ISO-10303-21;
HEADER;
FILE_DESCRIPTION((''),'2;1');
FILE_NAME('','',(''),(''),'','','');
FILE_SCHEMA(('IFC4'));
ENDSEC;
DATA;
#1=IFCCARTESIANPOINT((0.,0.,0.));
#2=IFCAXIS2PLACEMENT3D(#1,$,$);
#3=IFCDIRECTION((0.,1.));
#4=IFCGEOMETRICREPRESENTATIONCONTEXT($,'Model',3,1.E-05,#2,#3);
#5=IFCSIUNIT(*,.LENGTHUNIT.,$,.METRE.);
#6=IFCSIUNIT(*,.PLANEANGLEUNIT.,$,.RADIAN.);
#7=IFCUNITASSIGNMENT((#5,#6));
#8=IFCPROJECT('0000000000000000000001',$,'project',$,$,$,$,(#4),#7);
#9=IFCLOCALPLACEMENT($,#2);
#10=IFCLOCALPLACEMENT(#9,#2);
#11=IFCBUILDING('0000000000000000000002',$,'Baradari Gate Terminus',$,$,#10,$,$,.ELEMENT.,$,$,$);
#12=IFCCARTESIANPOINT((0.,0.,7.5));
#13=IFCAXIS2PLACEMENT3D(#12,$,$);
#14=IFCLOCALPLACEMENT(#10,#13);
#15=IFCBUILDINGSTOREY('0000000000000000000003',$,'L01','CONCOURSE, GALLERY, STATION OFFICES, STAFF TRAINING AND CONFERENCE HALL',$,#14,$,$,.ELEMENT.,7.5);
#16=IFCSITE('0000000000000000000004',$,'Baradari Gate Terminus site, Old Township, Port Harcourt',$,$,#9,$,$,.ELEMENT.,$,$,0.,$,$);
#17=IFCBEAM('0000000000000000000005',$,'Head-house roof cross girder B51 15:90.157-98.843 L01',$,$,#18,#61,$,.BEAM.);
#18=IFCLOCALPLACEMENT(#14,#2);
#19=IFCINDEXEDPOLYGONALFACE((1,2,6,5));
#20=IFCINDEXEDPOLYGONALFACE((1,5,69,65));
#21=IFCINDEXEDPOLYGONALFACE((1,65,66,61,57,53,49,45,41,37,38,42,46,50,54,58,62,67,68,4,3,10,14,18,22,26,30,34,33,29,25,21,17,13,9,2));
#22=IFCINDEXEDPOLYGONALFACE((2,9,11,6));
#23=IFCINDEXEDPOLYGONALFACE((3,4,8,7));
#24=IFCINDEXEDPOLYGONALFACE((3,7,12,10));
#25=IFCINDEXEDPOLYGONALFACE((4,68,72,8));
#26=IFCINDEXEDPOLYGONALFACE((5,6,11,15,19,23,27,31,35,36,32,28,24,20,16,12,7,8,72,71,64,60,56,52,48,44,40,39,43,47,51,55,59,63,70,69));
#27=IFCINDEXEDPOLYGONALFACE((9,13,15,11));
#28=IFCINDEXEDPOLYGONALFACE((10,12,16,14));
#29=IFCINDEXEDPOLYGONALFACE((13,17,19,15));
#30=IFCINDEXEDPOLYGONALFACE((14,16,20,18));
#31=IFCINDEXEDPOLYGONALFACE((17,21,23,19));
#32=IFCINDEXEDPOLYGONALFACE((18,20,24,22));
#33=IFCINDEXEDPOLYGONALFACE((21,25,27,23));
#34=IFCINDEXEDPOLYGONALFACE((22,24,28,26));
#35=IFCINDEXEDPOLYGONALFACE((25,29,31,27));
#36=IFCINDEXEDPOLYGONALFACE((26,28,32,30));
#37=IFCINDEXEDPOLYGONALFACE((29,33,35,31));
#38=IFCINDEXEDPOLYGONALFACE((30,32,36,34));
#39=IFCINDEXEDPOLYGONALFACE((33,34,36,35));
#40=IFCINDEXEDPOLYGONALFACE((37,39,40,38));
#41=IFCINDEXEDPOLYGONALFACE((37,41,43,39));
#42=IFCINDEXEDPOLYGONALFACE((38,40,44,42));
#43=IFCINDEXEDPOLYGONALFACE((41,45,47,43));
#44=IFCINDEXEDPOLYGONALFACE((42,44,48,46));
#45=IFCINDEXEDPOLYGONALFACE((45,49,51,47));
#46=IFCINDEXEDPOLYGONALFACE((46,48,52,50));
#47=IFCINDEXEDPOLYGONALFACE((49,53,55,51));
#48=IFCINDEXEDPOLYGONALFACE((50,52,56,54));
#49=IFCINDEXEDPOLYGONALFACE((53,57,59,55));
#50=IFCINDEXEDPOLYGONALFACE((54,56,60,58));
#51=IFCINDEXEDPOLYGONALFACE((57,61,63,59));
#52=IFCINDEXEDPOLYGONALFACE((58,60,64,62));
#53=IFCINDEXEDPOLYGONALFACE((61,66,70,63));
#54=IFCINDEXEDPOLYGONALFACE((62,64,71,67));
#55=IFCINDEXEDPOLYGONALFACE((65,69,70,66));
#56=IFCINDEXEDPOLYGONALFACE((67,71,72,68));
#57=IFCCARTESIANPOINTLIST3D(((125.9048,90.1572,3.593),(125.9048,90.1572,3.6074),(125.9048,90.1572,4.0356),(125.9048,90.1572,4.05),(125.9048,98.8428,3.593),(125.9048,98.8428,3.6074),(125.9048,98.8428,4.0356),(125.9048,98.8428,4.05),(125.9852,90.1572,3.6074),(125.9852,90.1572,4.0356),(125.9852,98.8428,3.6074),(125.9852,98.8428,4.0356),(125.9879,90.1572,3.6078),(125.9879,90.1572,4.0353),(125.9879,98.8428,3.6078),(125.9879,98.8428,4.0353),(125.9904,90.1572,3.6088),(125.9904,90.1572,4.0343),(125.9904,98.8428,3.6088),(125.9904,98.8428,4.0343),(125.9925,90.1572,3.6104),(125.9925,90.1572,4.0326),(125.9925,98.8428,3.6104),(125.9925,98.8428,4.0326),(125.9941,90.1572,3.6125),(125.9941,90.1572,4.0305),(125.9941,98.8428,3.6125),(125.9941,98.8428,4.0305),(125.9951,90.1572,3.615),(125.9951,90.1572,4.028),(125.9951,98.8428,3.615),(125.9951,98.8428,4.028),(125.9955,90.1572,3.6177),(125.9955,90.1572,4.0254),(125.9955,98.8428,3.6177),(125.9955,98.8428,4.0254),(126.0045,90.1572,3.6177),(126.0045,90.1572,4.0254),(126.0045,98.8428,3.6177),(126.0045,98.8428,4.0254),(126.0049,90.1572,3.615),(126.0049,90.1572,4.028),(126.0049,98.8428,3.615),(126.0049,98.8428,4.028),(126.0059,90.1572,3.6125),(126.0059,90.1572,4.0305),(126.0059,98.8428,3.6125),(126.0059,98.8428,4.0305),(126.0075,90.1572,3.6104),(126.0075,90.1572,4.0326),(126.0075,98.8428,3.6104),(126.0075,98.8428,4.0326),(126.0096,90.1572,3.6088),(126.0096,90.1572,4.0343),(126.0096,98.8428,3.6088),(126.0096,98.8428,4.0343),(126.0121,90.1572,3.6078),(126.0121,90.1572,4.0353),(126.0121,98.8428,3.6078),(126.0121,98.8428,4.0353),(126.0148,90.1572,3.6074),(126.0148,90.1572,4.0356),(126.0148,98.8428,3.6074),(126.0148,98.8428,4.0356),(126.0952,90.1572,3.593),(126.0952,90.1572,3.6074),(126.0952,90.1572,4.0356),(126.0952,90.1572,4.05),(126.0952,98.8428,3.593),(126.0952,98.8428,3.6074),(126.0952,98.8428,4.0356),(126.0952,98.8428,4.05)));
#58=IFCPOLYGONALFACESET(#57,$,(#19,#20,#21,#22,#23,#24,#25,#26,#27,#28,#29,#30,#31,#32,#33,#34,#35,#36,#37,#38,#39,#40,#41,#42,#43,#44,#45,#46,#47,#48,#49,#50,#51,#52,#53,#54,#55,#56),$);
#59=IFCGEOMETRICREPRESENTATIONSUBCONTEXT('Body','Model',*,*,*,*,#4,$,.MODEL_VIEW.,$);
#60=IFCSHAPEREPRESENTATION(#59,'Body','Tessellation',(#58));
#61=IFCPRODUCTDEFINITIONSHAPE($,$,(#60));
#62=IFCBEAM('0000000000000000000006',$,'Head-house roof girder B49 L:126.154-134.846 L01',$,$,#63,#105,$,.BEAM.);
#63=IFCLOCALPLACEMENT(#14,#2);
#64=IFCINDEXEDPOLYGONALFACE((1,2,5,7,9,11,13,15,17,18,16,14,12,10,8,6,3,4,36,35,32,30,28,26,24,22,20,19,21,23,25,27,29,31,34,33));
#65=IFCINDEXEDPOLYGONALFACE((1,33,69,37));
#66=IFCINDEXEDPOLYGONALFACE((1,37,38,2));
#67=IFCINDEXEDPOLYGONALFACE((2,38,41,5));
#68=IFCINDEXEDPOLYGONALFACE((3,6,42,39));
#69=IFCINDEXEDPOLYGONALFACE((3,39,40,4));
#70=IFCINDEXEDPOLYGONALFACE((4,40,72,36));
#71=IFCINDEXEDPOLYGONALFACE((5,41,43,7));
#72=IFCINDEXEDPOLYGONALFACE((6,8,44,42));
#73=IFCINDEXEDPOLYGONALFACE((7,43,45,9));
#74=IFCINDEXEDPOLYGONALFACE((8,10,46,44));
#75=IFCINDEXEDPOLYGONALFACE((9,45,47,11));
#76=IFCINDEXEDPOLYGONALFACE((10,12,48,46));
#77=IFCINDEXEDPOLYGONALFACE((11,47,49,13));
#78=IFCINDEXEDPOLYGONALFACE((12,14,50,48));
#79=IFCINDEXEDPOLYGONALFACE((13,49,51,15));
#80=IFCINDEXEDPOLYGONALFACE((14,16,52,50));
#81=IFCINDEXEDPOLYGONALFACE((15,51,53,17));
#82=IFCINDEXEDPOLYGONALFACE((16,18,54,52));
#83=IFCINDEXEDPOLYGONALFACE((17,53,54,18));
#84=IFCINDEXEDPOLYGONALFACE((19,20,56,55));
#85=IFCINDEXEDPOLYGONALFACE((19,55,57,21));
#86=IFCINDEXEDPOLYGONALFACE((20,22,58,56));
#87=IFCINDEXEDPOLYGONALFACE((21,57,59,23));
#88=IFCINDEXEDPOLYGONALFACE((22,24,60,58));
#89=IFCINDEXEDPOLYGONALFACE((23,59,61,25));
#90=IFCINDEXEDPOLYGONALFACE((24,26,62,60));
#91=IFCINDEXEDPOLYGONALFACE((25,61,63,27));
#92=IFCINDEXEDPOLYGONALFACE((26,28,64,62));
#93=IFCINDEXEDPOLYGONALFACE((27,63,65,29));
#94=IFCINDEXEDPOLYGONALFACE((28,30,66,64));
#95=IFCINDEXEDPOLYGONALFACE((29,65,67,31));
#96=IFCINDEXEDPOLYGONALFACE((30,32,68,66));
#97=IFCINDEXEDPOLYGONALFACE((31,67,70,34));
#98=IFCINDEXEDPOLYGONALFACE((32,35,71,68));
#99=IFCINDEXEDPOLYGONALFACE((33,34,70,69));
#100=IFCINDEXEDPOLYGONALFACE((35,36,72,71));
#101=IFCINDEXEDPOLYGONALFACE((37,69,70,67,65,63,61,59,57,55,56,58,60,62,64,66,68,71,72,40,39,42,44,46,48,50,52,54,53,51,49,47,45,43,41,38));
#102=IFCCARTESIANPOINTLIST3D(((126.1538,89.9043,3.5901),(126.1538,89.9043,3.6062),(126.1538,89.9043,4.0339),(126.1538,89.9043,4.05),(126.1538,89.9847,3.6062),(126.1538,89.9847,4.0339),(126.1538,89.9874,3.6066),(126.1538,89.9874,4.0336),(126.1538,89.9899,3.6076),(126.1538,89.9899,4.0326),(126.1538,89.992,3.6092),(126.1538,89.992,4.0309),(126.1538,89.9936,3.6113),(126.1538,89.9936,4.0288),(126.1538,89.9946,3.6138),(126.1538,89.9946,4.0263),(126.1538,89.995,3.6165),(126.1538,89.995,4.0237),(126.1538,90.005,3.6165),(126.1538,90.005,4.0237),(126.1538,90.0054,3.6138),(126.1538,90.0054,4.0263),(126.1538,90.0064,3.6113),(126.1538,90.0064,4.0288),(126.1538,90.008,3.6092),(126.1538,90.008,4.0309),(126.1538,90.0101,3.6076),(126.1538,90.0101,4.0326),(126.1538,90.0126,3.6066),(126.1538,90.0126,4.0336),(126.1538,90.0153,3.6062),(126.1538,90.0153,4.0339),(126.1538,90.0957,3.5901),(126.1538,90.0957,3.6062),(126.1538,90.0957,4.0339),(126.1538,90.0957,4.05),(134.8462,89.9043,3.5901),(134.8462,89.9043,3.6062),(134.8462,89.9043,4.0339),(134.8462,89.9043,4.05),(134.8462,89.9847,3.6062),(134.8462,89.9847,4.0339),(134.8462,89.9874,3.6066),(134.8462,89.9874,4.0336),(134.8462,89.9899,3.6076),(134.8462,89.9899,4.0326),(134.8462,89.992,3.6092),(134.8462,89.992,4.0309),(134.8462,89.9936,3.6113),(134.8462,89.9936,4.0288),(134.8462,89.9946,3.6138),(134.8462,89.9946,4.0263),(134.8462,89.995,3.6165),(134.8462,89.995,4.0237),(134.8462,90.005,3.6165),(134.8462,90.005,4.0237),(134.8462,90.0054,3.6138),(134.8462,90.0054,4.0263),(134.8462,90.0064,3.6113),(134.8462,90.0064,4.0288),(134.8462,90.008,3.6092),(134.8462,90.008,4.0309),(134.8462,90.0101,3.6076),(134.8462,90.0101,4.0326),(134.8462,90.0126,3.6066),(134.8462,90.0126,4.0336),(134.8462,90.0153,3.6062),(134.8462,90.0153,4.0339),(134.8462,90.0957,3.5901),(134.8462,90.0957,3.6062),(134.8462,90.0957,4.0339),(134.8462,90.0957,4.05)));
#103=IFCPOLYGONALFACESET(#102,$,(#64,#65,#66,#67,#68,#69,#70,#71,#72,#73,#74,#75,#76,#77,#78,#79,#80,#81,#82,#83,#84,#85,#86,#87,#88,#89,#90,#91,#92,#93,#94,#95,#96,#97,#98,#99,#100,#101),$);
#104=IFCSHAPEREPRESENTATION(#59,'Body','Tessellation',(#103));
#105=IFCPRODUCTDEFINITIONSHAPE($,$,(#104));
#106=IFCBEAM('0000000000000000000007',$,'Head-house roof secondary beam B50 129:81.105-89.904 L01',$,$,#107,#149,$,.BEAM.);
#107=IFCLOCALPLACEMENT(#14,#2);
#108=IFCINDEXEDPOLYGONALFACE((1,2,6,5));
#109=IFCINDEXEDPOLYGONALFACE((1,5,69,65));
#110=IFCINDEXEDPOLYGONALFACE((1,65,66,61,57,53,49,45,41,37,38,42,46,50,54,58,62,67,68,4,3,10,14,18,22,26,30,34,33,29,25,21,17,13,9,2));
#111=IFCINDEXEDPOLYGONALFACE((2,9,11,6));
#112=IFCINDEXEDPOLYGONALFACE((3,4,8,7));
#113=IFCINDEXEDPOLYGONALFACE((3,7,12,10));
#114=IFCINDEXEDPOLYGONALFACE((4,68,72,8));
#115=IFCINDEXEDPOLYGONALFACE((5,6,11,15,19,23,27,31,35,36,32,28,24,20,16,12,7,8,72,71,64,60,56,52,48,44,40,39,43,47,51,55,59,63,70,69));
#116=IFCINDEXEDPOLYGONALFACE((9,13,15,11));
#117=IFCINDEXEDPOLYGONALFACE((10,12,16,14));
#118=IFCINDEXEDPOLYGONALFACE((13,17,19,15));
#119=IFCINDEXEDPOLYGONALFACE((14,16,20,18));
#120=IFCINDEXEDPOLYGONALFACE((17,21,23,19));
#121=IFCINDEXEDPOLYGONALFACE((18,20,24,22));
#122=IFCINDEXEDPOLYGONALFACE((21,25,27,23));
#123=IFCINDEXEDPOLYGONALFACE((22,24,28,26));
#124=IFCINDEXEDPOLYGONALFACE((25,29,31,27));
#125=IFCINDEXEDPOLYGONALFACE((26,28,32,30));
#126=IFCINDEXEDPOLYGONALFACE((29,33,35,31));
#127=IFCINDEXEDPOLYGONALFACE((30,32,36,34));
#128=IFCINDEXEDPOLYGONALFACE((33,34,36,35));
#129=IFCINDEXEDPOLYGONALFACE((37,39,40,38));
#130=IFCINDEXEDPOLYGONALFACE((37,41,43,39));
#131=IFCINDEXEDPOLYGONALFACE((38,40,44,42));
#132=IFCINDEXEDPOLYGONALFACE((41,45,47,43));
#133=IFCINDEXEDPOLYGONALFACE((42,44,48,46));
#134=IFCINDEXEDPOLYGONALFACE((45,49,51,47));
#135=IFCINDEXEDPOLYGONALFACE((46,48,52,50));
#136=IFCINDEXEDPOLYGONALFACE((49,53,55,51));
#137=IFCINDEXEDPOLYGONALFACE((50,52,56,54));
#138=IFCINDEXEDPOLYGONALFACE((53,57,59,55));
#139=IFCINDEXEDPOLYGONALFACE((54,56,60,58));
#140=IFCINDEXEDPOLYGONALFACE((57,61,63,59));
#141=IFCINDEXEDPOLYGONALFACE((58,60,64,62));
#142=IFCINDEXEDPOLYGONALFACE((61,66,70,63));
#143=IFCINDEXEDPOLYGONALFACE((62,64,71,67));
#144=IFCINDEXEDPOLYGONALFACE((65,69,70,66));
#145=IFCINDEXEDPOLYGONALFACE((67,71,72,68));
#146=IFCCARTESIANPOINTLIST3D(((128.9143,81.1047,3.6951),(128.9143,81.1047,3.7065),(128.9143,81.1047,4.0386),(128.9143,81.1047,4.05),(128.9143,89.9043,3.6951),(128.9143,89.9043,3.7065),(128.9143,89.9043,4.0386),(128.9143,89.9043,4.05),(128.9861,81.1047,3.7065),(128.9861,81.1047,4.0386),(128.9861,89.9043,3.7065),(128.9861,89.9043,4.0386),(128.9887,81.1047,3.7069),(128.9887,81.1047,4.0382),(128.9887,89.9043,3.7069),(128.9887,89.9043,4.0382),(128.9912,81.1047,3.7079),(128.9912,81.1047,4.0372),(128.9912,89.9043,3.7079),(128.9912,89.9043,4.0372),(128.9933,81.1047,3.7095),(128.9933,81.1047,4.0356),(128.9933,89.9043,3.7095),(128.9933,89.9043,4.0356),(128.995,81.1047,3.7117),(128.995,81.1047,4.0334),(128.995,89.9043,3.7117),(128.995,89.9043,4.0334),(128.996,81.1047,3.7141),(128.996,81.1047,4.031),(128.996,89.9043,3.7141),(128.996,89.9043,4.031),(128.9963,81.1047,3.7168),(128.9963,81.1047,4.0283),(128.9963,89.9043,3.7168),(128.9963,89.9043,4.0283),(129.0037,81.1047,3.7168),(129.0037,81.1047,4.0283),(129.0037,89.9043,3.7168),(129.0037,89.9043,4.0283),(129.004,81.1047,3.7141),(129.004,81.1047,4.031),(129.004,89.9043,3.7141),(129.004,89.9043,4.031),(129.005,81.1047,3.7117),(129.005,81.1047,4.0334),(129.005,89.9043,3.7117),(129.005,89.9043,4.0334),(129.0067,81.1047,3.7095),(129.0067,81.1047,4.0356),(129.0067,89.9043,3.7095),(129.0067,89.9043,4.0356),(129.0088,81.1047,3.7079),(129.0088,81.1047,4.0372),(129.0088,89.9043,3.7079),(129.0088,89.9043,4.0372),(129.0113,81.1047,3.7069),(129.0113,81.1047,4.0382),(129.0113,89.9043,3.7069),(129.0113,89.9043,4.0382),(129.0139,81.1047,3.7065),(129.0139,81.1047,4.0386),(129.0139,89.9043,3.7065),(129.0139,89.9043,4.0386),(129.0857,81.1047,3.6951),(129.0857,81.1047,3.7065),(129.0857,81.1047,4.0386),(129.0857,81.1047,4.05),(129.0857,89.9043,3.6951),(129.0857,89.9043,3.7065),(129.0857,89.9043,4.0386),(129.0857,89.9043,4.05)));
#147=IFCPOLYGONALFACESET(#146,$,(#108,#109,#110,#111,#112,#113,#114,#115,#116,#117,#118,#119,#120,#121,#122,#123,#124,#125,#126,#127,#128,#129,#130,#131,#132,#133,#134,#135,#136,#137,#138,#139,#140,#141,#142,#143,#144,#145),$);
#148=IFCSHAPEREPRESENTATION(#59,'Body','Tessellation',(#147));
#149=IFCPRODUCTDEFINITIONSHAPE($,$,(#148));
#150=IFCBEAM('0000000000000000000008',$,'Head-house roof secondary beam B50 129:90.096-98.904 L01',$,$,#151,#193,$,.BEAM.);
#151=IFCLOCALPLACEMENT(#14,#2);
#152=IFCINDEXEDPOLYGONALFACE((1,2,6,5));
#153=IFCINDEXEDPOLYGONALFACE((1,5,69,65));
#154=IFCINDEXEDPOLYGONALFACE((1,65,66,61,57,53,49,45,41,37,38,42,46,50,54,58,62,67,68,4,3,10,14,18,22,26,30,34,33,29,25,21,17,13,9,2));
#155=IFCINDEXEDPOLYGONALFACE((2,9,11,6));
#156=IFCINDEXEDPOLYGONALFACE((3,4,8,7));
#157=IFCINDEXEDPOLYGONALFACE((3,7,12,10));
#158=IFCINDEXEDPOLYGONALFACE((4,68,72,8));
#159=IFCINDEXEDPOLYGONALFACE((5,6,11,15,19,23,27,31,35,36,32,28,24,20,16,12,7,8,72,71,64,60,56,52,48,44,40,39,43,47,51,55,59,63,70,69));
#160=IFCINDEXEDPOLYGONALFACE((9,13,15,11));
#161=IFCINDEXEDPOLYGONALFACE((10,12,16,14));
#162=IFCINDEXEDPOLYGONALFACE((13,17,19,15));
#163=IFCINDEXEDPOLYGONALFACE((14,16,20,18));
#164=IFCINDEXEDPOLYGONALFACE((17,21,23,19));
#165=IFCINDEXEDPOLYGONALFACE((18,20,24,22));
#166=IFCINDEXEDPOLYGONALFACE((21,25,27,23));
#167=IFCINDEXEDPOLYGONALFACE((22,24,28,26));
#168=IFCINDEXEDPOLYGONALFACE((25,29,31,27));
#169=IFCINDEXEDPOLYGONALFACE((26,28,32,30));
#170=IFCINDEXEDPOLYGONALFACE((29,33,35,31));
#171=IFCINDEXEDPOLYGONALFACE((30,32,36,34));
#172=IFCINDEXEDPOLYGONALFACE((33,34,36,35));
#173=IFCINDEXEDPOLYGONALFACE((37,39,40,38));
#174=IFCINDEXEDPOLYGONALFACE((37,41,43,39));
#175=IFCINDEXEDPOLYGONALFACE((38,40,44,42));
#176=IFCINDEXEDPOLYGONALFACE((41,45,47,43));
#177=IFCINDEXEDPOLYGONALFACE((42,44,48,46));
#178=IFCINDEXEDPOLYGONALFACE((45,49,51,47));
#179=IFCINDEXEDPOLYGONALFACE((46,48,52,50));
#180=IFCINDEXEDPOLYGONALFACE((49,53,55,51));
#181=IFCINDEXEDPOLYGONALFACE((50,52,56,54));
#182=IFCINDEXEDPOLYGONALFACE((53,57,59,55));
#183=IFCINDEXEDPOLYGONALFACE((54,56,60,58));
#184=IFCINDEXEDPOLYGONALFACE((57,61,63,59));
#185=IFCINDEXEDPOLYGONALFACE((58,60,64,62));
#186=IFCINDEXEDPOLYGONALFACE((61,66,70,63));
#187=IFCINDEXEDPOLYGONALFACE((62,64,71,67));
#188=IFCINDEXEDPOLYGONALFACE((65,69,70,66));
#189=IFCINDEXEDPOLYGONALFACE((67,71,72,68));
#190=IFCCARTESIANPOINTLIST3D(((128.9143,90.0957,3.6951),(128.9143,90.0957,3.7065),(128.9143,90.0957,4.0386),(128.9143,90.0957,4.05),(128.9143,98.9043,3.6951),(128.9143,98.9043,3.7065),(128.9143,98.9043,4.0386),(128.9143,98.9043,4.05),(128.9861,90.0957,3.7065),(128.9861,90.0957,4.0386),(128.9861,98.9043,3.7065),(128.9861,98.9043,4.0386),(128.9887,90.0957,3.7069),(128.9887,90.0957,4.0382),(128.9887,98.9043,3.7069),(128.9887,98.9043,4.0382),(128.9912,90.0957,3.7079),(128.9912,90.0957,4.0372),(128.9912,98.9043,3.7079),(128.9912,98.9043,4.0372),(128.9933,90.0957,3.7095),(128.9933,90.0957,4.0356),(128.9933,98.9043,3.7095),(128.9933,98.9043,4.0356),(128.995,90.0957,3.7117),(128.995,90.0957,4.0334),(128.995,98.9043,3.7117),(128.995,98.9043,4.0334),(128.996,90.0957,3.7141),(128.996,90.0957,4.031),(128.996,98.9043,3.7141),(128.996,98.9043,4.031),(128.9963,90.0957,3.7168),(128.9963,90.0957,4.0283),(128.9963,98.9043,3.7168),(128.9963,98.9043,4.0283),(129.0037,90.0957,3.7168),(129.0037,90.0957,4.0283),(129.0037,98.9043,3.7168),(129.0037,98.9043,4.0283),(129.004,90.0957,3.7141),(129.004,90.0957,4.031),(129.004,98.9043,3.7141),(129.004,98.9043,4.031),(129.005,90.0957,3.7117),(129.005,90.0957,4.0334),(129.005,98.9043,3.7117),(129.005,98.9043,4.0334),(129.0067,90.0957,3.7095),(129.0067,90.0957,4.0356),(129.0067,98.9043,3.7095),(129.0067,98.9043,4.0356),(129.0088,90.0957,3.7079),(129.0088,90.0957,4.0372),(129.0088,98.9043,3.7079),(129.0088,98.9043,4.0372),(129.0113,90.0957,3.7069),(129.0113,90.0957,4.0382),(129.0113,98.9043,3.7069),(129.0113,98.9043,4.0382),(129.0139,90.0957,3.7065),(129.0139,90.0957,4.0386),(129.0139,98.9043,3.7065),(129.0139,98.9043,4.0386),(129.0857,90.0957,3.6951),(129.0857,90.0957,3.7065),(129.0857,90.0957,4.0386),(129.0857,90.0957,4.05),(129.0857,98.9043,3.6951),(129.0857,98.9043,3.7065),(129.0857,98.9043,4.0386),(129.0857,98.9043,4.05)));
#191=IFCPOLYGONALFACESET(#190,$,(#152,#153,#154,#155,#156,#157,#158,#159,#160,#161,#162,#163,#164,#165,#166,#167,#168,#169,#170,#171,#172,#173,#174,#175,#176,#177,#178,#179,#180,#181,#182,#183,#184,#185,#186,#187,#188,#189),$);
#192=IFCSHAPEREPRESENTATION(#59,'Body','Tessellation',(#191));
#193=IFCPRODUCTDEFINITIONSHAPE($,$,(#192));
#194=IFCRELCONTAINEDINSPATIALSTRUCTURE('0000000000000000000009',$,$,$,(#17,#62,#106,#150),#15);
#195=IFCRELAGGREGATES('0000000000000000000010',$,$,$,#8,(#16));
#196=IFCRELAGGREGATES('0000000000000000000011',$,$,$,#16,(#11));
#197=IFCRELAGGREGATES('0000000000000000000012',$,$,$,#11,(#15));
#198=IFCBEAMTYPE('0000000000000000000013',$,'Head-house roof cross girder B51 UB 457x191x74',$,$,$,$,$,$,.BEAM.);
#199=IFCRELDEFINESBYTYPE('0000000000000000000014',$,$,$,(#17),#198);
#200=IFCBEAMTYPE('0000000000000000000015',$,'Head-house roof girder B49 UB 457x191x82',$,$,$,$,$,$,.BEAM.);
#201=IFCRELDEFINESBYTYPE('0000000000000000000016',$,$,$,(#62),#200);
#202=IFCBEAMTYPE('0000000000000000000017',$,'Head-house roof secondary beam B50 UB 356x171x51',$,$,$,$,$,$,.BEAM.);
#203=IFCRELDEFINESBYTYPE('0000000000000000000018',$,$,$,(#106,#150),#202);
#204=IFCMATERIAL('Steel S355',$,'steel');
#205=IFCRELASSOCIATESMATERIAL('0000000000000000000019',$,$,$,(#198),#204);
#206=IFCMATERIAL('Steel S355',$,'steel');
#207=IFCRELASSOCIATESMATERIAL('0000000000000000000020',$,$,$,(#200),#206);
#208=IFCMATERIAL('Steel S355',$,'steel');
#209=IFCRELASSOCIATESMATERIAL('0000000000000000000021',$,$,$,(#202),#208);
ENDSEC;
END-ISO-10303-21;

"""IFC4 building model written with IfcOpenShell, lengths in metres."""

from ifc_helpers import new_model, si_unit, direction, frame, origin, origin_2d, place, context, subcontext, project, spatial, i_section, extrude, material, material_profile, profile_set, type_object, element, save


model = new_model("IFC4")

# Units and contexts
model_context = context("Model", 3, precision=1e-05, world=origin(), true_north=direction((0.0, 1.0)))
body_context = subcontext(model_context, "Body", "Model", "MODEL_VIEW")
ifc_project = project(units=[si_unit("LENGTHUNIT", "METRE"), si_unit("PLANEANGLEUNIT", "RADIAN")], contexts=[model_context])

# Site, building, storey
site_placement = place(None, origin())
site = spatial("IfcSite", under=ifc_project, at=site_placement, Name="Baradari Gate Terminus site, Old Township, Port Harcourt", CompositionType="ELEMENT", RefElevation=0.0)
building_placement = place(site_placement, origin())
building = spatial("IfcBuilding", under=site, at=building_placement, Name="Baradari Gate Terminus", CompositionType="ELEMENT")
storey_placement = place(building_placement, frame((0.0, 0.0, 7.5)))
storey = spatial("IfcBuildingStorey", under=building, at=storey_placement, Name="L01", Description="CONCOURSE, GALLERY, STATION OFFICES, STAFF TRAINING AND CONFERENCE HALL", CompositionType="ELEMENT", Elevation=7.5)

# Beams
ifc_material_1 = material(Name="Steel S355", Category="steel")
ifc_material_profile_1 = material_profile(ifc_material_1, i_section(OverallWidth=0.1904, OverallDepth=0.457, WebThickness=0.009, FlangeThickness=0.0144, FilletRadius=0.0103, at=origin_2d()), Name="UB 457x191x74")
ifc_profile_set_1 = profile_set([ifc_material_profile_1], Name="Steel S355")
beam_type_1 = type_object("IfcBeamType", Name="Head-house roof cross girder B51 UB 457x191x74", PredefinedType="BEAM", material=ifc_profile_set_1)
beam_1_placement = place(storey_placement, frame((126.0, 90.1572, 3.8215), z_axis=(0.0, 1.0, 0.0), x_axis=(-1.0, 0.0, 0.0)))
element("IfcBeam", 1, at=beam_1_placement, inside=storey, type_object=beam_type_1, Name="Head-house roof cross girder B51 15:90.157-98.843 L01", PredefinedType="BEAM", context=body_context, shape_type="SweptSolid", body=[
    extrude(i_section(OverallWidth=0.1904, OverallDepth=0.457, WebThickness=0.009, FlangeThickness=0.0144, FilletRadius=0.0103, at=origin_2d()), origin(), (0.0, 0.0, 1.0), 8.6855),
])
ifc_material_2 = material(Name="Steel S355", Category="steel")
ifc_material_profile_2 = material_profile(ifc_material_2, i_section(OverallWidth=0.1914, OverallDepth=0.46, WebThickness=0.01, FlangeThickness=0.0161, FilletRadius=0.0103, at=origin_2d()), Name="UB 457x191x82")
ifc_profile_set_2 = profile_set([ifc_material_profile_2], Name="Steel S355")
beam_type_2 = type_object("IfcBeamType", Name="Head-house roof girder B49 UB 457x191x82", PredefinedType="BEAM", material=ifc_profile_set_2)
beam_2_placement = place(storey_placement, frame((126.1538, 90.0, 3.8201), z_axis=(1.0, 0.0, 0.0), x_axis=(0.0, 1.0, 0.0)))
element("IfcBeam", 2, at=beam_2_placement, inside=storey, type_object=beam_type_2, Name="Head-house roof girder B49 L:126.154-134.846 L01", PredefinedType="BEAM", context=body_context, shape_type="SweptSolid", body=[
    extrude(i_section(OverallWidth=0.1914, OverallDepth=0.46, WebThickness=0.01, FlangeThickness=0.0161, FilletRadius=0.0103, at=origin_2d()), origin(), (0.0, 0.0, 1.0), 8.6924),
])
ifc_material_3 = material(Name="Steel S355", Category="steel")
ifc_material_profile_3 = material_profile(ifc_material_3, i_section(OverallWidth=0.1714, OverallDepth=0.355, WebThickness=0.0073, FlangeThickness=0.0115, FilletRadius=0.0103, at=origin_2d()), Name="UB 356x171x51")
ifc_profile_set_3 = profile_set([ifc_material_profile_3], Name="Steel S355")
beam_type_3 = type_object("IfcBeamType", Name="Head-house roof secondary beam B50 UB 356x171x51", PredefinedType="BEAM", material=ifc_profile_set_3)
beam_3_placement = place(storey_placement, frame((129.0, 81.1047, 3.8726), z_axis=(0.0, 1.0, 0.0), x_axis=(-1.0, 0.0, 0.0)))
element("IfcBeam", 3, at=beam_3_placement, inside=storey, type_object=beam_type_3, Name="Head-house roof secondary beam B50 129:81.105-89.904 L01", PredefinedType="BEAM", context=body_context, shape_type="SweptSolid", body=[
    extrude(i_section(OverallWidth=0.1714, OverallDepth=0.355, WebThickness=0.0073, FlangeThickness=0.0115, FilletRadius=0.0103, at=origin_2d()), origin(), (0.0, 0.0, 1.0), 8.7996),
])
beam_4_placement = place(storey_placement, frame((129.0, 90.0957, 3.8726), z_axis=(0.0, 1.0, 0.0), x_axis=(-1.0, 0.0, 0.0)))
element("IfcBeam", 4, at=beam_4_placement, inside=storey, type_object=beam_type_3, Name="Head-house roof secondary beam B50 129:90.096-98.904 L01", PredefinedType="BEAM", context=body_context, shape_type="SweptSolid", body=[
    extrude(i_section(OverallWidth=0.1714, OverallDepth=0.355, WebThickness=0.0073, FlangeThickness=0.0115, FilletRadius=0.0103, at=origin_2d()), origin(), (0.0, 0.0, 1.0), 8.8086),
])

save(model, "model.ifc")
